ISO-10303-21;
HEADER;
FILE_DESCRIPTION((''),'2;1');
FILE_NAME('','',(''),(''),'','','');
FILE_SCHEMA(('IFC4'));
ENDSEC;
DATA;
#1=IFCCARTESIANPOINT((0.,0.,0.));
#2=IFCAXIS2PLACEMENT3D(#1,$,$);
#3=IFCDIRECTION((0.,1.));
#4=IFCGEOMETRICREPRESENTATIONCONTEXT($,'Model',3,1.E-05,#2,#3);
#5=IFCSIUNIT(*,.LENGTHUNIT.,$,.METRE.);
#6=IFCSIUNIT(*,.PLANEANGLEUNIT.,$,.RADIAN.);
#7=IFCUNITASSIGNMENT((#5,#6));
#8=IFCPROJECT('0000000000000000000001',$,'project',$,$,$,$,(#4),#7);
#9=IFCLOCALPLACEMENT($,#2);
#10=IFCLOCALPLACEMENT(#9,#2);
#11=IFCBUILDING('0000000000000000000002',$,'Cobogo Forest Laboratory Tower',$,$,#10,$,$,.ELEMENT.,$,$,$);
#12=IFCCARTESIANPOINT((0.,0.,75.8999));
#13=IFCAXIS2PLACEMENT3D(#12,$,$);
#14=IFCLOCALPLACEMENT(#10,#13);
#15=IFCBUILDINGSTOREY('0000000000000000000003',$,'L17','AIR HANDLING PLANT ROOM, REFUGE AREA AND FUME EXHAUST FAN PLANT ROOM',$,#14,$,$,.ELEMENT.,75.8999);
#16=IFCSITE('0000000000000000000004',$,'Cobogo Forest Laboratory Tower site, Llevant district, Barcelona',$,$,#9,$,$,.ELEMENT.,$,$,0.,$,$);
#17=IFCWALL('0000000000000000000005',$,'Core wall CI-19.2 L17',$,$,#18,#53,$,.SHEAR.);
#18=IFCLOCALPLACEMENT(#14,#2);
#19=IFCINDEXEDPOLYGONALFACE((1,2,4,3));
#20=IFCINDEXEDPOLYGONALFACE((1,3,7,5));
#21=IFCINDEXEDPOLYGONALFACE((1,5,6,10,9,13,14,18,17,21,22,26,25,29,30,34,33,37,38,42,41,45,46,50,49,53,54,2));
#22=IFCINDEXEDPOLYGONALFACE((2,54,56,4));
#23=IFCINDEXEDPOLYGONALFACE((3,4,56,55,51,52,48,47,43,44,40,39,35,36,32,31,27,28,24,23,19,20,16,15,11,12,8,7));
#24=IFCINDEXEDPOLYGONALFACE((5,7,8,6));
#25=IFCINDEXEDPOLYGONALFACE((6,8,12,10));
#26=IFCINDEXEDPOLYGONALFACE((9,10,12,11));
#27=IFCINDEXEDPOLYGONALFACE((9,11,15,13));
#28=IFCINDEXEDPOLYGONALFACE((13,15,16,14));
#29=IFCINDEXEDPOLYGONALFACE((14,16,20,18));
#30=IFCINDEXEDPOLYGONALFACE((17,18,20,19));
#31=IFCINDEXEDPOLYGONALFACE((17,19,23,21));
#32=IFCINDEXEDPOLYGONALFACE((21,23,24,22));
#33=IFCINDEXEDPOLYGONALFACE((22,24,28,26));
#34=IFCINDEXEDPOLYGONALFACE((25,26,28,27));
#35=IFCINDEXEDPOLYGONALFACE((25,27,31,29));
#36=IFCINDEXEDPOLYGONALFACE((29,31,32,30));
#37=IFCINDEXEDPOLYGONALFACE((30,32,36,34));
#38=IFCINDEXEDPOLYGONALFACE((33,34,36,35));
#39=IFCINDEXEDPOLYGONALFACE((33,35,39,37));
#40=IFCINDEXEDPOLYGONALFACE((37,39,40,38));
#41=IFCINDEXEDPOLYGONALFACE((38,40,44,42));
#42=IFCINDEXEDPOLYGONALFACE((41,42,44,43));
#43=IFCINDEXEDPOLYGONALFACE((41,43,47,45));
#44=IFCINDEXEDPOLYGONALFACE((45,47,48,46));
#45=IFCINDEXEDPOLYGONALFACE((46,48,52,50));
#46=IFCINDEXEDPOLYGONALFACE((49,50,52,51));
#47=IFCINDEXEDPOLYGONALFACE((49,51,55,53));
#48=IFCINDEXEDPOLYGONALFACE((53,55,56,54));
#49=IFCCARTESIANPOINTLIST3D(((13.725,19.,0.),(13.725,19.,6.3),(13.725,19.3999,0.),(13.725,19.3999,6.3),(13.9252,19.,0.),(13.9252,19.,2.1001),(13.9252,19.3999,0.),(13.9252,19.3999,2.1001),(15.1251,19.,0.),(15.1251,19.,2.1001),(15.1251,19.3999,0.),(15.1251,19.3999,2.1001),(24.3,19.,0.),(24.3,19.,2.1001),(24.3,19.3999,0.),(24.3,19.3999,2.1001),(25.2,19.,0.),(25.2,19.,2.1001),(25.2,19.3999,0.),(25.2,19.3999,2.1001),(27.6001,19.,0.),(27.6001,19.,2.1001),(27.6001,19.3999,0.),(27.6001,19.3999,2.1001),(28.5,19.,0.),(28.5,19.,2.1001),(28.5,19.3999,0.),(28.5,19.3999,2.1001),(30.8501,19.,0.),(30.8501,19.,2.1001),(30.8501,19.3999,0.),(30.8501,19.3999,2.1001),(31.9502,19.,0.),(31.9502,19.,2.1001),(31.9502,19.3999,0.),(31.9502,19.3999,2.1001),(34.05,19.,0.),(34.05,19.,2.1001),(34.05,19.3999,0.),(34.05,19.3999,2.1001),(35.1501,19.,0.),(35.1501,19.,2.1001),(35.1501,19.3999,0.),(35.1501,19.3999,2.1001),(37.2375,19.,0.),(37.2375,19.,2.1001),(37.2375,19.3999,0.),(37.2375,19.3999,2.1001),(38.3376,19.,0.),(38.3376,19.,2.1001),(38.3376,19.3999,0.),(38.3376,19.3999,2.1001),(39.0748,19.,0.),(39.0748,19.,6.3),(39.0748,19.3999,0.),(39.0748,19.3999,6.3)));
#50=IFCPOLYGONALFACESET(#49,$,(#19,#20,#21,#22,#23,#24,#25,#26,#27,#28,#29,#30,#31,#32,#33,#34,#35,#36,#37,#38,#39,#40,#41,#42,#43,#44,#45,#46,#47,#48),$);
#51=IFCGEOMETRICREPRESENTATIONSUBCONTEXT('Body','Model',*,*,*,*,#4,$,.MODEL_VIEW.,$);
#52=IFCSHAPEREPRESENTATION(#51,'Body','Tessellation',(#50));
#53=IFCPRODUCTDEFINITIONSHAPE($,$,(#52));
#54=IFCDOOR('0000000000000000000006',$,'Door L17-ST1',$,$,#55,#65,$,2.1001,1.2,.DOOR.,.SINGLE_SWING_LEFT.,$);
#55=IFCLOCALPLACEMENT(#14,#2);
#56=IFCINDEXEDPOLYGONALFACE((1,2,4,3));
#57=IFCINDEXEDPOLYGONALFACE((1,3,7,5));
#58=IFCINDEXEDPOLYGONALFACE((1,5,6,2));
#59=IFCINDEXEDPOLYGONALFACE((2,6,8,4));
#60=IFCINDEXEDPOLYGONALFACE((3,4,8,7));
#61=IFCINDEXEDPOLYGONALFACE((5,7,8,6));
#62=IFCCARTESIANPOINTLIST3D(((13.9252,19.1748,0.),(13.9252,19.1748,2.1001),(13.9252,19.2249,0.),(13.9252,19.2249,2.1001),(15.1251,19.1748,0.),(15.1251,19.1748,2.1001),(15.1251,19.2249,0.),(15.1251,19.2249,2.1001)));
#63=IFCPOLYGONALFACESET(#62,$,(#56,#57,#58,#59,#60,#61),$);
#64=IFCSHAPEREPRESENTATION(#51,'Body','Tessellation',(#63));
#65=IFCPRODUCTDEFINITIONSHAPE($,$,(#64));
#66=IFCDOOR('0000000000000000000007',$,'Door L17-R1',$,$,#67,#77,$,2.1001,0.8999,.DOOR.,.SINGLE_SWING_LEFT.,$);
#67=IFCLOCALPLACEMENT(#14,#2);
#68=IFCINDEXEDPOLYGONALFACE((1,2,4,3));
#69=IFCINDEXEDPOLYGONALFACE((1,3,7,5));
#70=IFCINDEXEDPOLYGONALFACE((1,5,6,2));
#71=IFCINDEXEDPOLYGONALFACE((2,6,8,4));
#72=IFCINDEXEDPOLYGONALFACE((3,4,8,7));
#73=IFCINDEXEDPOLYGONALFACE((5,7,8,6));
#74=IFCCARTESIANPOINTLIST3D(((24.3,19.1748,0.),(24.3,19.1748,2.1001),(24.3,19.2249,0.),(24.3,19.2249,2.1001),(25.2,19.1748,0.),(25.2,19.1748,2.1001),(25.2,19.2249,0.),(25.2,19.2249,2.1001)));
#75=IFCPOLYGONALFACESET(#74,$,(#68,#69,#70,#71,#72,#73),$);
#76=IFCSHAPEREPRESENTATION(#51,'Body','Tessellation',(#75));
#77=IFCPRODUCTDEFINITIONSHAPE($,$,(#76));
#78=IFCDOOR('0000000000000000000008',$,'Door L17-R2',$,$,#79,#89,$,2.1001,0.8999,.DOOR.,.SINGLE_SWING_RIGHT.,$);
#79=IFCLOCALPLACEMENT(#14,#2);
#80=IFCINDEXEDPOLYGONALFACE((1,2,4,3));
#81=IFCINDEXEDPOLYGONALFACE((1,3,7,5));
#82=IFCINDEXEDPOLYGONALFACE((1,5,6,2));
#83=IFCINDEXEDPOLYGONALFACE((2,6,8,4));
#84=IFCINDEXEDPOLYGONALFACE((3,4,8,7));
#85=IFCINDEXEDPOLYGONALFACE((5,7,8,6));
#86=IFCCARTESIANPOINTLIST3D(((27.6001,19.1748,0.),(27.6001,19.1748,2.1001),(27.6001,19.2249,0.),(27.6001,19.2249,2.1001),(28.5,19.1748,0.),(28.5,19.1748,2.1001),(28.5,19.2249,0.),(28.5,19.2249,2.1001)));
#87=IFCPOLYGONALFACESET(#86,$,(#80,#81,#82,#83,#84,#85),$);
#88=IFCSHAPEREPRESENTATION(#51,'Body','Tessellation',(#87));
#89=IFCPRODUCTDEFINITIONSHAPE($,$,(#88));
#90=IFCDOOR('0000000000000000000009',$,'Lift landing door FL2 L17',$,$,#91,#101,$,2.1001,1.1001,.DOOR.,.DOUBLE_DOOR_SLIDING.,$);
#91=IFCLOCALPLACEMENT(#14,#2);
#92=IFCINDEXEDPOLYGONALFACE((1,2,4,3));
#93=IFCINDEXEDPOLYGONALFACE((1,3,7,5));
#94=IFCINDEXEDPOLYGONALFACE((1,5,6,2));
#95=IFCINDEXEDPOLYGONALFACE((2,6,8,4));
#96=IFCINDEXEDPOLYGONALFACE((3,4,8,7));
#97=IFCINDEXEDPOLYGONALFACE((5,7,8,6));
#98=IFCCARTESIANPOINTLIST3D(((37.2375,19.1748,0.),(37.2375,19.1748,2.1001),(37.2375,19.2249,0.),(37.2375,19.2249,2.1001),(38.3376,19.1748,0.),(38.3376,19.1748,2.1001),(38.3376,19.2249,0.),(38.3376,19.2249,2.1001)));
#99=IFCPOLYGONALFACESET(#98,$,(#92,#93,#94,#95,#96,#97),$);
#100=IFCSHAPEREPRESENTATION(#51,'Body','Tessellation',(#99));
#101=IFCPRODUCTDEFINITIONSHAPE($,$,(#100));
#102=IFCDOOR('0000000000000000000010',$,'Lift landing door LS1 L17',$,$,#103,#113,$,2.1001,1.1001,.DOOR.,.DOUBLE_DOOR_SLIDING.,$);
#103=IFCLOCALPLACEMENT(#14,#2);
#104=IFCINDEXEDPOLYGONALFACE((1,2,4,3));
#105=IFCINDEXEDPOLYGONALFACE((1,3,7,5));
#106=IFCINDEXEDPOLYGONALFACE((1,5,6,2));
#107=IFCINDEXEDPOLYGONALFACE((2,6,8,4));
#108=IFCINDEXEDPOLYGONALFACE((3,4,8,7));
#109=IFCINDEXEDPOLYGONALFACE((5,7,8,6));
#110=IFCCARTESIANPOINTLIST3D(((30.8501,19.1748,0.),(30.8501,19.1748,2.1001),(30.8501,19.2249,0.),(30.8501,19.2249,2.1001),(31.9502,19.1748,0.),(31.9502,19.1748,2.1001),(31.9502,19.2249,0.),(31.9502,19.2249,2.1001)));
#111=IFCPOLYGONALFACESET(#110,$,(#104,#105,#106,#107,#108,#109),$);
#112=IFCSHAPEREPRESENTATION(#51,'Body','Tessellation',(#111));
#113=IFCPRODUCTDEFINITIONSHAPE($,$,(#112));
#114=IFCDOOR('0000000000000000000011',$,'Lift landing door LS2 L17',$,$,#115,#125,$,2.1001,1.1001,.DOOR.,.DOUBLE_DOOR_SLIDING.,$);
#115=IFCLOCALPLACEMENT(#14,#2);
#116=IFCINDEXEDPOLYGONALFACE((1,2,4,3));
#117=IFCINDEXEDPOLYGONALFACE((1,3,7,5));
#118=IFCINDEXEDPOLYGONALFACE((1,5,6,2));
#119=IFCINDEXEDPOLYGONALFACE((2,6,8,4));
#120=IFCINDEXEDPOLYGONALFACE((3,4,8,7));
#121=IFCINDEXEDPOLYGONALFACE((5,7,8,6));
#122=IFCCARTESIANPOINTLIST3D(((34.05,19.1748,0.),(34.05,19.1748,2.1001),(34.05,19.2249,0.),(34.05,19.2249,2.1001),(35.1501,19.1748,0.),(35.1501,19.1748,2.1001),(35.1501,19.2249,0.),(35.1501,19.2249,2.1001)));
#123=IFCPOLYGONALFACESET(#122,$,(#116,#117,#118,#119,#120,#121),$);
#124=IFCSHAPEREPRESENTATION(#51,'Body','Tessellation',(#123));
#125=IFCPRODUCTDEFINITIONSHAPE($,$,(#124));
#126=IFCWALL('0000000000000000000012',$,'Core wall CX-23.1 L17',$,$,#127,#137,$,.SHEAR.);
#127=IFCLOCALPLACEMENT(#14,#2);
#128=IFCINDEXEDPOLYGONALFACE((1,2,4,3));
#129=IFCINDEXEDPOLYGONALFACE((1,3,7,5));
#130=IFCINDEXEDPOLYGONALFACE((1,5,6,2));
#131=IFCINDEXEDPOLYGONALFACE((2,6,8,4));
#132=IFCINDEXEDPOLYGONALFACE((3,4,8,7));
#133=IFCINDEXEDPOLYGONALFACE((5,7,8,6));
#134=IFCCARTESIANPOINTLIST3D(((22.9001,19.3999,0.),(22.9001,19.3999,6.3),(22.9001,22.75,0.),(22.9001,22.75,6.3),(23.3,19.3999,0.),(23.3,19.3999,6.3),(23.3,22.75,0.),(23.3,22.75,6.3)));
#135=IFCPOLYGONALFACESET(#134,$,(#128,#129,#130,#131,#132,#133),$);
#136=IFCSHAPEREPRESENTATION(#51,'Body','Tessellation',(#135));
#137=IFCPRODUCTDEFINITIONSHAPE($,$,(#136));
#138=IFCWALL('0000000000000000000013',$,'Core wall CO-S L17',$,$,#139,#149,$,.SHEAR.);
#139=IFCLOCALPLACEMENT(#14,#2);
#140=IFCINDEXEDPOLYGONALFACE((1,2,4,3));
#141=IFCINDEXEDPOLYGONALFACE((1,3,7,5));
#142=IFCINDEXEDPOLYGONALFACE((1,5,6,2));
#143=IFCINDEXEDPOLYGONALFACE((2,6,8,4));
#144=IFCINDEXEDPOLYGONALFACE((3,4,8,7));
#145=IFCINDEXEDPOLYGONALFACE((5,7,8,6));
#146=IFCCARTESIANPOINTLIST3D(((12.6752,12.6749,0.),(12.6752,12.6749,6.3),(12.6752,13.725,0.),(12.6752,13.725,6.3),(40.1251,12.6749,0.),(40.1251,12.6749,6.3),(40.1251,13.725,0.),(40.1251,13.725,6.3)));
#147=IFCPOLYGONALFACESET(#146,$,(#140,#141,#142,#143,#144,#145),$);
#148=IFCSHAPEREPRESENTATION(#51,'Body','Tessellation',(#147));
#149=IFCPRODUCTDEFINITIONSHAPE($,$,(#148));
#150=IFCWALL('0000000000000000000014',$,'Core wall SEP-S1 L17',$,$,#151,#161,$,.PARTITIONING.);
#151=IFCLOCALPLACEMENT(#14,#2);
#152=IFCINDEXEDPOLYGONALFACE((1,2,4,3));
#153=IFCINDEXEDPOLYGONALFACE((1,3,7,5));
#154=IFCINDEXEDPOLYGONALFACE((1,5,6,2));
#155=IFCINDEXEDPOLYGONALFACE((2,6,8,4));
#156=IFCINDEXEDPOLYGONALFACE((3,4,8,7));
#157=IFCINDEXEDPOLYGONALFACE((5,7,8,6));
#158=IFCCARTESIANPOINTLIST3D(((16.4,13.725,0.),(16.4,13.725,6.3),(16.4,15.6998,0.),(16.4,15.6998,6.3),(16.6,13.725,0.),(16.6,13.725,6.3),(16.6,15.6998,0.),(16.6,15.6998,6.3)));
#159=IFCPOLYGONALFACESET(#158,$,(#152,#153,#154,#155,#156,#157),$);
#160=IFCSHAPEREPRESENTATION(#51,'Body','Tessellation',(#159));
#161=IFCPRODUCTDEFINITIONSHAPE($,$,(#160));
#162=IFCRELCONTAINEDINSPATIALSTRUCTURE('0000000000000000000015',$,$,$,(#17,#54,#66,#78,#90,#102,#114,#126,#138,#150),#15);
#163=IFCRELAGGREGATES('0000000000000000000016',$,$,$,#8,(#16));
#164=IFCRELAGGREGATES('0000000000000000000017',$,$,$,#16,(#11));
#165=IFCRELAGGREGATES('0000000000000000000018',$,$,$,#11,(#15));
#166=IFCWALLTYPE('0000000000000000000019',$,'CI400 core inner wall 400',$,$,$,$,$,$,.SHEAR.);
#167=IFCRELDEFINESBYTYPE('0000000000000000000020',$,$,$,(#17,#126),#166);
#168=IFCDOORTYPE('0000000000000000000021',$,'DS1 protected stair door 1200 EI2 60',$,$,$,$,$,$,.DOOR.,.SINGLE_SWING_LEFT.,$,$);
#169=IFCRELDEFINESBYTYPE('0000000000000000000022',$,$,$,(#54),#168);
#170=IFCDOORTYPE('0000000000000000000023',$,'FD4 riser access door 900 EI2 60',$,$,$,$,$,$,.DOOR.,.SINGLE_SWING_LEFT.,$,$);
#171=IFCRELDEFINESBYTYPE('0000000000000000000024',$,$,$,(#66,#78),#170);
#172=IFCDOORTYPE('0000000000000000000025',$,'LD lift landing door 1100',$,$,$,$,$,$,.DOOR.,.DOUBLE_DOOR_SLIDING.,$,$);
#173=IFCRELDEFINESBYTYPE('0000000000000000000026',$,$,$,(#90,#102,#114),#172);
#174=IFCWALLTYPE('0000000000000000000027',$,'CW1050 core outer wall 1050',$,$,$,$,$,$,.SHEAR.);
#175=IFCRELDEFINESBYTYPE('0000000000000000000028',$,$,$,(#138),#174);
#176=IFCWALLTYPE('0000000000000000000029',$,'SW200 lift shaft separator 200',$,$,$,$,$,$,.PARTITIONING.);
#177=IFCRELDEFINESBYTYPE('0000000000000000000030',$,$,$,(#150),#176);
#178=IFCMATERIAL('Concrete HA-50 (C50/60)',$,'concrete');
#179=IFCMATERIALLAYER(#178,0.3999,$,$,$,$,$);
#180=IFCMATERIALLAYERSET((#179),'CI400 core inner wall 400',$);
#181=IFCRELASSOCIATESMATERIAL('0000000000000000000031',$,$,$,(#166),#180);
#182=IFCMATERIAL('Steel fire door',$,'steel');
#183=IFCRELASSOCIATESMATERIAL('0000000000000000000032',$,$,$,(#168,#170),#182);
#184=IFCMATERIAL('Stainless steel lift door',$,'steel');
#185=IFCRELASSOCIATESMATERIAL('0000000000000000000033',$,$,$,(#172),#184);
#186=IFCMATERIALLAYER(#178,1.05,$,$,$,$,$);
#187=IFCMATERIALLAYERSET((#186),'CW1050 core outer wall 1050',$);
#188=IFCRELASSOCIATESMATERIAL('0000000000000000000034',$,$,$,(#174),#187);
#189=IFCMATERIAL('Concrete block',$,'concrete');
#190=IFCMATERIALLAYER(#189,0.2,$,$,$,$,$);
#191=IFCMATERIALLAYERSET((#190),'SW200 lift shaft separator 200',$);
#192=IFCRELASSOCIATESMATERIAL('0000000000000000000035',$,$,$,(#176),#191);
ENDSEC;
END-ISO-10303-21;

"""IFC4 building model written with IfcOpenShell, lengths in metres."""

from ifc_helpers import new_model, si_unit, direction, frame, frame_2d, origin, place, context, subcontext, project, spatial, rectangle, extrude, material, layer, layer_set, type_object, element, fill, save


model = new_model("IFC4")

# Units and contexts
model_context = context("Model", 3, precision=1e-05, world=origin(), true_north=direction((0.0, 1.0)))
body_context = subcontext(model_context, "Body", "Model", "MODEL_VIEW")
ifc_project = project(units=[si_unit("LENGTHUNIT", "METRE"), si_unit("PLANEANGLEUNIT", "RADIAN")], contexts=[model_context])

# Site, building, storey
site_placement = place(None, origin())
site = spatial("IfcSite", under=ifc_project, at=site_placement, Name="Cobogo Forest Laboratory Tower site, Llevant district, Barcelona", CompositionType="ELEMENT", RefElevation=0.0)
building_placement = place(site_placement, origin())
building = spatial("IfcBuilding", under=site, at=building_placement, Name="Cobogo Forest Laboratory Tower", CompositionType="ELEMENT")
storey_placement = place(building_placement, frame((0.0, 0.0, 75.8999)))
storey = spatial("IfcBuildingStorey", under=building, at=storey_placement, Name="L17", Description="AIR HANDLING PLANT ROOM, REFUGE AREA AND FUME EXHAUST FAN PLANT ROOM", CompositionType="ELEMENT", Elevation=75.8999)

# Shared definitions
ifc_material_1 = material(Name="Concrete HA-50 (C50/60)", Category="concrete")
ifc_layer_1 = layer(ifc_material_1, 0.3999)
ifc_layer_set_1 = layer_set([ifc_layer_1], Name="CI400 core inner wall 400")
wall_type_1 = type_object("IfcWallType", Name="CI400 core inner wall 400", PredefinedType="SHEAR", material=ifc_layer_set_1)

# Wall, openings, doors
wall_1_placement = place(storey_placement, frame((13.7251, 19.2, 0.0), z_axis=(0.0, 0.0, 1.0), x_axis=(1.0, 0.0, 0.0)))
wall_1 = element("IfcWall", 1, at=wall_1_placement, inside=storey, type_object=wall_type_1, Name="Core wall CI-19.2 L17", PredefinedType="SHEAR", context=body_context, shape_type="SweptSolid", body=[
    extrude(rectangle(XDim=25.3499, YDim=0.3999, at=frame_2d((12.6748, 0.0))), origin(), (0.0, 0.0, 1.0), 6.3),
])
opening_1_placement = place(wall_1_placement, frame((10.575, 0.0, 0.0)))
opening_1 = element("IfcOpeningElement", 2, at=opening_1_placement, cuts=wall_1, PredefinedType="OPENING", context=body_context, shape_type="SweptSolid", body=[
    extrude(rectangle(XDim=0.8999, YDim=2.1001, at=frame_2d((0.45, 1.05))), frame((0.0, 0.21, 0.0), z_axis=(0.0, -1.0, 0.0), x_axis=(1.0, 0.0, 0.0)), (0.0, 0.0, 1.0), 0.4199),
])
opening_2_placement = place(wall_1_placement, frame((13.875, 0.0, 0.0)))
opening_2 = element("IfcOpeningElement", 3, at=opening_2_placement, cuts=wall_1, PredefinedType="OPENING", context=body_context, shape_type="SweptSolid", body=[
    extrude(rectangle(XDim=0.8999, YDim=2.1001, at=frame_2d((0.45, 1.05))), frame((0.0, 0.21, 0.0), z_axis=(0.0, -1.0, 0.0), x_axis=(1.0, 0.0, 0.0)), (0.0, 0.0, 1.0), 0.4199),
])
opening_3_placement = place(wall_1_placement, frame((0.2, 0.0, 0.0)))
opening_3 = element("IfcOpeningElement", 4, at=opening_3_placement, cuts=wall_1, PredefinedType="OPENING", context=body_context, shape_type="SweptSolid", body=[
    extrude(rectangle(XDim=1.2, YDim=2.1001, at=frame_2d((0.6001, 1.05))), frame((0.0, 0.21, 0.0), z_axis=(0.0, -1.0, 0.0), x_axis=(1.0, 0.0, 0.0)), (0.0, 0.0, 1.0), 0.4199),
])
opening_4_placement = place(wall_1_placement, frame((23.5125, 0.0, 0.0)))
opening_4 = element("IfcOpeningElement", 5, at=opening_4_placement, cuts=wall_1, PredefinedType="OPENING", context=body_context, shape_type="SweptSolid", body=[
    extrude(rectangle(XDim=1.1001, YDim=2.1001, at=frame_2d((0.55, 1.05))), frame((0.0, 0.21, 0.0), z_axis=(0.0, -1.0, 0.0), x_axis=(1.0, 0.0, 0.0)), (0.0, 0.0, 1.0), 0.4199),
])
opening_5_placement = place(wall_1_placement, frame((17.125, 0.0, 0.0)))
opening_5 = element("IfcOpeningElement", 6, at=opening_5_placement, cuts=wall_1, PredefinedType="OPENING", context=body_context, shape_type="SweptSolid", body=[
    extrude(rectangle(XDim=1.1001, YDim=2.1001, at=frame_2d((0.55, 1.05))), frame((0.0, 0.21, 0.0), z_axis=(0.0, -1.0, 0.0), x_axis=(1.0, 0.0, 0.0)), (0.0, 0.0, 1.0), 0.4199),
])
opening_6_placement = place(wall_1_placement, frame((20.325, 0.0, 0.0)))
opening_6 = element("IfcOpeningElement", 7, at=opening_6_placement, cuts=wall_1, PredefinedType="OPENING", context=body_context, shape_type="SweptSolid", body=[
    extrude(rectangle(XDim=1.1001, YDim=2.1001, at=frame_2d((0.55, 1.05))), frame((0.0, 0.21, 0.0), z_axis=(0.0, -1.0, 0.0), x_axis=(1.0, 0.0, 0.0)), (0.0, 0.0, 1.0), 0.4199),
])
ifc_material_2 = material(Name="Steel fire door", Category="steel")
door_type_1 = type_object("IfcDoorType", Name="DS1 protected stair door 1200 EI2 60", OperationType="SINGLE_SWING_LEFT", PredefinedType="DOOR", material=ifc_material_2)
door_1_placement = place(opening_3_placement, origin())
door_1 = element("IfcDoor", 8, at=door_1_placement, inside=storey, type_object=door_type_1, Name="Door L17-ST1", OperationType="SINGLE_SWING_LEFT", OverallHeight=2.1001, OverallWidth=1.2, PredefinedType="DOOR", context=body_context, shape_type="SweptSolid", body=[
    extrude(rectangle(XDim=1.2, YDim=2.1001, at=frame_2d((0.6001, 1.05))), frame((0.0, 0.0249, 0.0), z_axis=(0.0, -1.0, 0.0), x_axis=(1.0, 0.0, 0.0)), (0.0, 0.0, 1.0), 0.05),
])
fill(opening_3, door_1)
door_type_2 = type_object("IfcDoorType", Name="FD4 riser access door 900 EI2 60", OperationType="SINGLE_SWING_LEFT", PredefinedType="DOOR", material=ifc_material_2)
door_2_placement = place(opening_1_placement, origin())
door_2 = element("IfcDoor", 9, at=door_2_placement, inside=storey, type_object=door_type_2, Name="Door L17-R1", OperationType="SINGLE_SWING_LEFT", OverallHeight=2.1001, OverallWidth=0.8999, PredefinedType="DOOR", context=body_context, shape_type="SweptSolid", body=[
    extrude(rectangle(XDim=0.8999, YDim=2.1001, at=frame_2d((0.45, 1.05))), frame((0.0, 0.0249, 0.0), z_axis=(0.0, -1.0, 0.0), x_axis=(1.0, 0.0, 0.0)), (0.0, 0.0, 1.0), 0.05),
])
fill(opening_1, door_2)
door_3_placement = place(opening_2_placement, origin())
door_3 = element("IfcDoor", 10, at=door_3_placement, inside=storey, type_object=door_type_2, Name="Door L17-R2", OperationType="SINGLE_SWING_RIGHT", OverallHeight=2.1001, OverallWidth=0.8999, PredefinedType="DOOR", context=body_context, shape_type="SweptSolid", body=[
    extrude(rectangle(XDim=0.8999, YDim=2.1001, at=frame_2d((0.45, 1.05))), frame((0.0, 0.0249, 0.0), z_axis=(0.0, -1.0, 0.0), x_axis=(1.0, 0.0, 0.0)), (0.0, 0.0, 1.0), 0.05),
])
fill(opening_2, door_3)
ifc_material_3 = material(Name="Stainless steel lift door", Category="steel")
door_type_3 = type_object("IfcDoorType", Name="LD lift landing door 1100", OperationType="DOUBLE_DOOR_SLIDING", PredefinedType="DOOR", material=ifc_material_3)
door_4_placement = place(opening_4_placement, origin())
door_4 = element("IfcDoor", 11, at=door_4_placement, inside=storey, type_object=door_type_3, Name="Lift landing door FL2 L17", OperationType="DOUBLE_DOOR_SLIDING", OverallHeight=2.1001, OverallWidth=1.1001, PredefinedType="DOOR", context=body_context, shape_type="SweptSolid", body=[
    extrude(rectangle(XDim=1.1001, YDim=2.1001, at=frame_2d((0.55, 1.05))), frame((0.0, 0.0249, 0.0), z_axis=(0.0, -1.0, 0.0), x_axis=(1.0, 0.0, 0.0)), (0.0, 0.0, 1.0), 0.05),
])
fill(opening_4, door_4)
door_5_placement = place(opening_5_placement, origin())
door_5 = element("IfcDoor", 12, at=door_5_placement, inside=storey, type_object=door_type_3, Name="Lift landing door LS1 L17", OperationType="DOUBLE_DOOR_SLIDING", OverallHeight=2.1001, OverallWidth=1.1001, PredefinedType="DOOR", context=body_context, shape_type="SweptSolid", body=[
    extrude(rectangle(XDim=1.1001, YDim=2.1001, at=frame_2d((0.55, 1.05))), frame((0.0, 0.0249, 0.0), z_axis=(0.0, -1.0, 0.0), x_axis=(1.0, 0.0, 0.0)), (0.0, 0.0, 1.0), 0.05),
])
fill(opening_5, door_5)
door_6_placement = place(opening_6_placement, origin())
door_6 = element("IfcDoor", 13, at=door_6_placement, inside=storey, type_object=door_type_3, Name="Lift landing door LS2 L17", OperationType="DOUBLE_DOOR_SLIDING", OverallHeight=2.1001, OverallWidth=1.1001, PredefinedType="DOOR", context=body_context, shape_type="SweptSolid", body=[
    extrude(rectangle(XDim=1.1001, YDim=2.1001, at=frame_2d((0.55, 1.05))), frame((0.0, 0.0249, 0.0), z_axis=(0.0, -1.0, 0.0), x_axis=(1.0, 0.0, 0.0)), (0.0, 0.0, 1.0), 0.05),
])
fill(opening_6, door_6)

# Walls
wall_2_placement = place(storey_placement, frame((23.1001, 19.3999, 0.0), z_axis=(0.0, 0.0, 1.0), x_axis=(0.0, 1.0, 0.0)))
element("IfcWall", 14, at=wall_2_placement, inside=storey, type_object=wall_type_1, Name="Core wall CX-23.1 L17", PredefinedType="SHEAR", context=body_context, shape_type="SweptSolid", body=[
    extrude(rectangle(XDim=3.3501, YDim=0.3999, at=frame_2d((1.675, 0.0))), origin(), (0.0, 0.0, 1.0), 6.3),
])
ifc_layer_2 = layer(ifc_material_1, 1.05)
ifc_layer_set_2 = layer_set([ifc_layer_2], Name="CW1050 core outer wall 1050")
wall_type_2 = type_object("IfcWallType", Name="CW1050 core outer wall 1050", PredefinedType="SHEAR", material=ifc_layer_set_2)
wall_3_placement = place(storey_placement, frame((12.675, 13.2, 0.0), z_axis=(0.0, 0.0, 1.0), x_axis=(1.0, 0.0, 0.0)))
element("IfcWall", 15, at=wall_3_placement, inside=storey, type_object=wall_type_2, Name="Core wall CO-S L17", PredefinedType="SHEAR", context=body_context, shape_type="SweptSolid", body=[
    extrude(rectangle(XDim=27.45, YDim=1.05, at=frame_2d((13.7251, 0.0))), origin(), (0.0, 0.0, 1.0), 6.3),
])

# Wall
ifc_material_4 = material(Name="Concrete block", Category="concrete")
ifc_layer_3 = layer(ifc_material_4, 0.2)
ifc_layer_set_3 = layer_set([ifc_layer_3], Name="SW200 lift shaft separator 200")
wall_type_3 = type_object("IfcWallType", Name="SW200 lift shaft separator 200", PredefinedType="PARTITIONING", material=ifc_layer_set_3)
for number, where, z_axis, x_axis, name in (
    (16, (16.5, 13.7251, 0.0), (0.0, 0.0, 1.0), (0.0, 1.0, 0.0), "Core wall SEP-S1 L17"),
):
    element("IfcWall", number, at=place(storey_placement, frame(where, z_axis=z_axis, x_axis=x_axis)), inside=storey, type_object=wall_type_3, Name=name, PredefinedType="PARTITIONING", context=body_context, shape_type="SweptSolid", body=[
        extrude(rectangle(XDim=1.9749, YDim=0.2, at=frame_2d((0.9873, 0.0))), origin(), (0.0, 0.0, 1.0), 6.3),
    ])

save(model, "model.ifc")
